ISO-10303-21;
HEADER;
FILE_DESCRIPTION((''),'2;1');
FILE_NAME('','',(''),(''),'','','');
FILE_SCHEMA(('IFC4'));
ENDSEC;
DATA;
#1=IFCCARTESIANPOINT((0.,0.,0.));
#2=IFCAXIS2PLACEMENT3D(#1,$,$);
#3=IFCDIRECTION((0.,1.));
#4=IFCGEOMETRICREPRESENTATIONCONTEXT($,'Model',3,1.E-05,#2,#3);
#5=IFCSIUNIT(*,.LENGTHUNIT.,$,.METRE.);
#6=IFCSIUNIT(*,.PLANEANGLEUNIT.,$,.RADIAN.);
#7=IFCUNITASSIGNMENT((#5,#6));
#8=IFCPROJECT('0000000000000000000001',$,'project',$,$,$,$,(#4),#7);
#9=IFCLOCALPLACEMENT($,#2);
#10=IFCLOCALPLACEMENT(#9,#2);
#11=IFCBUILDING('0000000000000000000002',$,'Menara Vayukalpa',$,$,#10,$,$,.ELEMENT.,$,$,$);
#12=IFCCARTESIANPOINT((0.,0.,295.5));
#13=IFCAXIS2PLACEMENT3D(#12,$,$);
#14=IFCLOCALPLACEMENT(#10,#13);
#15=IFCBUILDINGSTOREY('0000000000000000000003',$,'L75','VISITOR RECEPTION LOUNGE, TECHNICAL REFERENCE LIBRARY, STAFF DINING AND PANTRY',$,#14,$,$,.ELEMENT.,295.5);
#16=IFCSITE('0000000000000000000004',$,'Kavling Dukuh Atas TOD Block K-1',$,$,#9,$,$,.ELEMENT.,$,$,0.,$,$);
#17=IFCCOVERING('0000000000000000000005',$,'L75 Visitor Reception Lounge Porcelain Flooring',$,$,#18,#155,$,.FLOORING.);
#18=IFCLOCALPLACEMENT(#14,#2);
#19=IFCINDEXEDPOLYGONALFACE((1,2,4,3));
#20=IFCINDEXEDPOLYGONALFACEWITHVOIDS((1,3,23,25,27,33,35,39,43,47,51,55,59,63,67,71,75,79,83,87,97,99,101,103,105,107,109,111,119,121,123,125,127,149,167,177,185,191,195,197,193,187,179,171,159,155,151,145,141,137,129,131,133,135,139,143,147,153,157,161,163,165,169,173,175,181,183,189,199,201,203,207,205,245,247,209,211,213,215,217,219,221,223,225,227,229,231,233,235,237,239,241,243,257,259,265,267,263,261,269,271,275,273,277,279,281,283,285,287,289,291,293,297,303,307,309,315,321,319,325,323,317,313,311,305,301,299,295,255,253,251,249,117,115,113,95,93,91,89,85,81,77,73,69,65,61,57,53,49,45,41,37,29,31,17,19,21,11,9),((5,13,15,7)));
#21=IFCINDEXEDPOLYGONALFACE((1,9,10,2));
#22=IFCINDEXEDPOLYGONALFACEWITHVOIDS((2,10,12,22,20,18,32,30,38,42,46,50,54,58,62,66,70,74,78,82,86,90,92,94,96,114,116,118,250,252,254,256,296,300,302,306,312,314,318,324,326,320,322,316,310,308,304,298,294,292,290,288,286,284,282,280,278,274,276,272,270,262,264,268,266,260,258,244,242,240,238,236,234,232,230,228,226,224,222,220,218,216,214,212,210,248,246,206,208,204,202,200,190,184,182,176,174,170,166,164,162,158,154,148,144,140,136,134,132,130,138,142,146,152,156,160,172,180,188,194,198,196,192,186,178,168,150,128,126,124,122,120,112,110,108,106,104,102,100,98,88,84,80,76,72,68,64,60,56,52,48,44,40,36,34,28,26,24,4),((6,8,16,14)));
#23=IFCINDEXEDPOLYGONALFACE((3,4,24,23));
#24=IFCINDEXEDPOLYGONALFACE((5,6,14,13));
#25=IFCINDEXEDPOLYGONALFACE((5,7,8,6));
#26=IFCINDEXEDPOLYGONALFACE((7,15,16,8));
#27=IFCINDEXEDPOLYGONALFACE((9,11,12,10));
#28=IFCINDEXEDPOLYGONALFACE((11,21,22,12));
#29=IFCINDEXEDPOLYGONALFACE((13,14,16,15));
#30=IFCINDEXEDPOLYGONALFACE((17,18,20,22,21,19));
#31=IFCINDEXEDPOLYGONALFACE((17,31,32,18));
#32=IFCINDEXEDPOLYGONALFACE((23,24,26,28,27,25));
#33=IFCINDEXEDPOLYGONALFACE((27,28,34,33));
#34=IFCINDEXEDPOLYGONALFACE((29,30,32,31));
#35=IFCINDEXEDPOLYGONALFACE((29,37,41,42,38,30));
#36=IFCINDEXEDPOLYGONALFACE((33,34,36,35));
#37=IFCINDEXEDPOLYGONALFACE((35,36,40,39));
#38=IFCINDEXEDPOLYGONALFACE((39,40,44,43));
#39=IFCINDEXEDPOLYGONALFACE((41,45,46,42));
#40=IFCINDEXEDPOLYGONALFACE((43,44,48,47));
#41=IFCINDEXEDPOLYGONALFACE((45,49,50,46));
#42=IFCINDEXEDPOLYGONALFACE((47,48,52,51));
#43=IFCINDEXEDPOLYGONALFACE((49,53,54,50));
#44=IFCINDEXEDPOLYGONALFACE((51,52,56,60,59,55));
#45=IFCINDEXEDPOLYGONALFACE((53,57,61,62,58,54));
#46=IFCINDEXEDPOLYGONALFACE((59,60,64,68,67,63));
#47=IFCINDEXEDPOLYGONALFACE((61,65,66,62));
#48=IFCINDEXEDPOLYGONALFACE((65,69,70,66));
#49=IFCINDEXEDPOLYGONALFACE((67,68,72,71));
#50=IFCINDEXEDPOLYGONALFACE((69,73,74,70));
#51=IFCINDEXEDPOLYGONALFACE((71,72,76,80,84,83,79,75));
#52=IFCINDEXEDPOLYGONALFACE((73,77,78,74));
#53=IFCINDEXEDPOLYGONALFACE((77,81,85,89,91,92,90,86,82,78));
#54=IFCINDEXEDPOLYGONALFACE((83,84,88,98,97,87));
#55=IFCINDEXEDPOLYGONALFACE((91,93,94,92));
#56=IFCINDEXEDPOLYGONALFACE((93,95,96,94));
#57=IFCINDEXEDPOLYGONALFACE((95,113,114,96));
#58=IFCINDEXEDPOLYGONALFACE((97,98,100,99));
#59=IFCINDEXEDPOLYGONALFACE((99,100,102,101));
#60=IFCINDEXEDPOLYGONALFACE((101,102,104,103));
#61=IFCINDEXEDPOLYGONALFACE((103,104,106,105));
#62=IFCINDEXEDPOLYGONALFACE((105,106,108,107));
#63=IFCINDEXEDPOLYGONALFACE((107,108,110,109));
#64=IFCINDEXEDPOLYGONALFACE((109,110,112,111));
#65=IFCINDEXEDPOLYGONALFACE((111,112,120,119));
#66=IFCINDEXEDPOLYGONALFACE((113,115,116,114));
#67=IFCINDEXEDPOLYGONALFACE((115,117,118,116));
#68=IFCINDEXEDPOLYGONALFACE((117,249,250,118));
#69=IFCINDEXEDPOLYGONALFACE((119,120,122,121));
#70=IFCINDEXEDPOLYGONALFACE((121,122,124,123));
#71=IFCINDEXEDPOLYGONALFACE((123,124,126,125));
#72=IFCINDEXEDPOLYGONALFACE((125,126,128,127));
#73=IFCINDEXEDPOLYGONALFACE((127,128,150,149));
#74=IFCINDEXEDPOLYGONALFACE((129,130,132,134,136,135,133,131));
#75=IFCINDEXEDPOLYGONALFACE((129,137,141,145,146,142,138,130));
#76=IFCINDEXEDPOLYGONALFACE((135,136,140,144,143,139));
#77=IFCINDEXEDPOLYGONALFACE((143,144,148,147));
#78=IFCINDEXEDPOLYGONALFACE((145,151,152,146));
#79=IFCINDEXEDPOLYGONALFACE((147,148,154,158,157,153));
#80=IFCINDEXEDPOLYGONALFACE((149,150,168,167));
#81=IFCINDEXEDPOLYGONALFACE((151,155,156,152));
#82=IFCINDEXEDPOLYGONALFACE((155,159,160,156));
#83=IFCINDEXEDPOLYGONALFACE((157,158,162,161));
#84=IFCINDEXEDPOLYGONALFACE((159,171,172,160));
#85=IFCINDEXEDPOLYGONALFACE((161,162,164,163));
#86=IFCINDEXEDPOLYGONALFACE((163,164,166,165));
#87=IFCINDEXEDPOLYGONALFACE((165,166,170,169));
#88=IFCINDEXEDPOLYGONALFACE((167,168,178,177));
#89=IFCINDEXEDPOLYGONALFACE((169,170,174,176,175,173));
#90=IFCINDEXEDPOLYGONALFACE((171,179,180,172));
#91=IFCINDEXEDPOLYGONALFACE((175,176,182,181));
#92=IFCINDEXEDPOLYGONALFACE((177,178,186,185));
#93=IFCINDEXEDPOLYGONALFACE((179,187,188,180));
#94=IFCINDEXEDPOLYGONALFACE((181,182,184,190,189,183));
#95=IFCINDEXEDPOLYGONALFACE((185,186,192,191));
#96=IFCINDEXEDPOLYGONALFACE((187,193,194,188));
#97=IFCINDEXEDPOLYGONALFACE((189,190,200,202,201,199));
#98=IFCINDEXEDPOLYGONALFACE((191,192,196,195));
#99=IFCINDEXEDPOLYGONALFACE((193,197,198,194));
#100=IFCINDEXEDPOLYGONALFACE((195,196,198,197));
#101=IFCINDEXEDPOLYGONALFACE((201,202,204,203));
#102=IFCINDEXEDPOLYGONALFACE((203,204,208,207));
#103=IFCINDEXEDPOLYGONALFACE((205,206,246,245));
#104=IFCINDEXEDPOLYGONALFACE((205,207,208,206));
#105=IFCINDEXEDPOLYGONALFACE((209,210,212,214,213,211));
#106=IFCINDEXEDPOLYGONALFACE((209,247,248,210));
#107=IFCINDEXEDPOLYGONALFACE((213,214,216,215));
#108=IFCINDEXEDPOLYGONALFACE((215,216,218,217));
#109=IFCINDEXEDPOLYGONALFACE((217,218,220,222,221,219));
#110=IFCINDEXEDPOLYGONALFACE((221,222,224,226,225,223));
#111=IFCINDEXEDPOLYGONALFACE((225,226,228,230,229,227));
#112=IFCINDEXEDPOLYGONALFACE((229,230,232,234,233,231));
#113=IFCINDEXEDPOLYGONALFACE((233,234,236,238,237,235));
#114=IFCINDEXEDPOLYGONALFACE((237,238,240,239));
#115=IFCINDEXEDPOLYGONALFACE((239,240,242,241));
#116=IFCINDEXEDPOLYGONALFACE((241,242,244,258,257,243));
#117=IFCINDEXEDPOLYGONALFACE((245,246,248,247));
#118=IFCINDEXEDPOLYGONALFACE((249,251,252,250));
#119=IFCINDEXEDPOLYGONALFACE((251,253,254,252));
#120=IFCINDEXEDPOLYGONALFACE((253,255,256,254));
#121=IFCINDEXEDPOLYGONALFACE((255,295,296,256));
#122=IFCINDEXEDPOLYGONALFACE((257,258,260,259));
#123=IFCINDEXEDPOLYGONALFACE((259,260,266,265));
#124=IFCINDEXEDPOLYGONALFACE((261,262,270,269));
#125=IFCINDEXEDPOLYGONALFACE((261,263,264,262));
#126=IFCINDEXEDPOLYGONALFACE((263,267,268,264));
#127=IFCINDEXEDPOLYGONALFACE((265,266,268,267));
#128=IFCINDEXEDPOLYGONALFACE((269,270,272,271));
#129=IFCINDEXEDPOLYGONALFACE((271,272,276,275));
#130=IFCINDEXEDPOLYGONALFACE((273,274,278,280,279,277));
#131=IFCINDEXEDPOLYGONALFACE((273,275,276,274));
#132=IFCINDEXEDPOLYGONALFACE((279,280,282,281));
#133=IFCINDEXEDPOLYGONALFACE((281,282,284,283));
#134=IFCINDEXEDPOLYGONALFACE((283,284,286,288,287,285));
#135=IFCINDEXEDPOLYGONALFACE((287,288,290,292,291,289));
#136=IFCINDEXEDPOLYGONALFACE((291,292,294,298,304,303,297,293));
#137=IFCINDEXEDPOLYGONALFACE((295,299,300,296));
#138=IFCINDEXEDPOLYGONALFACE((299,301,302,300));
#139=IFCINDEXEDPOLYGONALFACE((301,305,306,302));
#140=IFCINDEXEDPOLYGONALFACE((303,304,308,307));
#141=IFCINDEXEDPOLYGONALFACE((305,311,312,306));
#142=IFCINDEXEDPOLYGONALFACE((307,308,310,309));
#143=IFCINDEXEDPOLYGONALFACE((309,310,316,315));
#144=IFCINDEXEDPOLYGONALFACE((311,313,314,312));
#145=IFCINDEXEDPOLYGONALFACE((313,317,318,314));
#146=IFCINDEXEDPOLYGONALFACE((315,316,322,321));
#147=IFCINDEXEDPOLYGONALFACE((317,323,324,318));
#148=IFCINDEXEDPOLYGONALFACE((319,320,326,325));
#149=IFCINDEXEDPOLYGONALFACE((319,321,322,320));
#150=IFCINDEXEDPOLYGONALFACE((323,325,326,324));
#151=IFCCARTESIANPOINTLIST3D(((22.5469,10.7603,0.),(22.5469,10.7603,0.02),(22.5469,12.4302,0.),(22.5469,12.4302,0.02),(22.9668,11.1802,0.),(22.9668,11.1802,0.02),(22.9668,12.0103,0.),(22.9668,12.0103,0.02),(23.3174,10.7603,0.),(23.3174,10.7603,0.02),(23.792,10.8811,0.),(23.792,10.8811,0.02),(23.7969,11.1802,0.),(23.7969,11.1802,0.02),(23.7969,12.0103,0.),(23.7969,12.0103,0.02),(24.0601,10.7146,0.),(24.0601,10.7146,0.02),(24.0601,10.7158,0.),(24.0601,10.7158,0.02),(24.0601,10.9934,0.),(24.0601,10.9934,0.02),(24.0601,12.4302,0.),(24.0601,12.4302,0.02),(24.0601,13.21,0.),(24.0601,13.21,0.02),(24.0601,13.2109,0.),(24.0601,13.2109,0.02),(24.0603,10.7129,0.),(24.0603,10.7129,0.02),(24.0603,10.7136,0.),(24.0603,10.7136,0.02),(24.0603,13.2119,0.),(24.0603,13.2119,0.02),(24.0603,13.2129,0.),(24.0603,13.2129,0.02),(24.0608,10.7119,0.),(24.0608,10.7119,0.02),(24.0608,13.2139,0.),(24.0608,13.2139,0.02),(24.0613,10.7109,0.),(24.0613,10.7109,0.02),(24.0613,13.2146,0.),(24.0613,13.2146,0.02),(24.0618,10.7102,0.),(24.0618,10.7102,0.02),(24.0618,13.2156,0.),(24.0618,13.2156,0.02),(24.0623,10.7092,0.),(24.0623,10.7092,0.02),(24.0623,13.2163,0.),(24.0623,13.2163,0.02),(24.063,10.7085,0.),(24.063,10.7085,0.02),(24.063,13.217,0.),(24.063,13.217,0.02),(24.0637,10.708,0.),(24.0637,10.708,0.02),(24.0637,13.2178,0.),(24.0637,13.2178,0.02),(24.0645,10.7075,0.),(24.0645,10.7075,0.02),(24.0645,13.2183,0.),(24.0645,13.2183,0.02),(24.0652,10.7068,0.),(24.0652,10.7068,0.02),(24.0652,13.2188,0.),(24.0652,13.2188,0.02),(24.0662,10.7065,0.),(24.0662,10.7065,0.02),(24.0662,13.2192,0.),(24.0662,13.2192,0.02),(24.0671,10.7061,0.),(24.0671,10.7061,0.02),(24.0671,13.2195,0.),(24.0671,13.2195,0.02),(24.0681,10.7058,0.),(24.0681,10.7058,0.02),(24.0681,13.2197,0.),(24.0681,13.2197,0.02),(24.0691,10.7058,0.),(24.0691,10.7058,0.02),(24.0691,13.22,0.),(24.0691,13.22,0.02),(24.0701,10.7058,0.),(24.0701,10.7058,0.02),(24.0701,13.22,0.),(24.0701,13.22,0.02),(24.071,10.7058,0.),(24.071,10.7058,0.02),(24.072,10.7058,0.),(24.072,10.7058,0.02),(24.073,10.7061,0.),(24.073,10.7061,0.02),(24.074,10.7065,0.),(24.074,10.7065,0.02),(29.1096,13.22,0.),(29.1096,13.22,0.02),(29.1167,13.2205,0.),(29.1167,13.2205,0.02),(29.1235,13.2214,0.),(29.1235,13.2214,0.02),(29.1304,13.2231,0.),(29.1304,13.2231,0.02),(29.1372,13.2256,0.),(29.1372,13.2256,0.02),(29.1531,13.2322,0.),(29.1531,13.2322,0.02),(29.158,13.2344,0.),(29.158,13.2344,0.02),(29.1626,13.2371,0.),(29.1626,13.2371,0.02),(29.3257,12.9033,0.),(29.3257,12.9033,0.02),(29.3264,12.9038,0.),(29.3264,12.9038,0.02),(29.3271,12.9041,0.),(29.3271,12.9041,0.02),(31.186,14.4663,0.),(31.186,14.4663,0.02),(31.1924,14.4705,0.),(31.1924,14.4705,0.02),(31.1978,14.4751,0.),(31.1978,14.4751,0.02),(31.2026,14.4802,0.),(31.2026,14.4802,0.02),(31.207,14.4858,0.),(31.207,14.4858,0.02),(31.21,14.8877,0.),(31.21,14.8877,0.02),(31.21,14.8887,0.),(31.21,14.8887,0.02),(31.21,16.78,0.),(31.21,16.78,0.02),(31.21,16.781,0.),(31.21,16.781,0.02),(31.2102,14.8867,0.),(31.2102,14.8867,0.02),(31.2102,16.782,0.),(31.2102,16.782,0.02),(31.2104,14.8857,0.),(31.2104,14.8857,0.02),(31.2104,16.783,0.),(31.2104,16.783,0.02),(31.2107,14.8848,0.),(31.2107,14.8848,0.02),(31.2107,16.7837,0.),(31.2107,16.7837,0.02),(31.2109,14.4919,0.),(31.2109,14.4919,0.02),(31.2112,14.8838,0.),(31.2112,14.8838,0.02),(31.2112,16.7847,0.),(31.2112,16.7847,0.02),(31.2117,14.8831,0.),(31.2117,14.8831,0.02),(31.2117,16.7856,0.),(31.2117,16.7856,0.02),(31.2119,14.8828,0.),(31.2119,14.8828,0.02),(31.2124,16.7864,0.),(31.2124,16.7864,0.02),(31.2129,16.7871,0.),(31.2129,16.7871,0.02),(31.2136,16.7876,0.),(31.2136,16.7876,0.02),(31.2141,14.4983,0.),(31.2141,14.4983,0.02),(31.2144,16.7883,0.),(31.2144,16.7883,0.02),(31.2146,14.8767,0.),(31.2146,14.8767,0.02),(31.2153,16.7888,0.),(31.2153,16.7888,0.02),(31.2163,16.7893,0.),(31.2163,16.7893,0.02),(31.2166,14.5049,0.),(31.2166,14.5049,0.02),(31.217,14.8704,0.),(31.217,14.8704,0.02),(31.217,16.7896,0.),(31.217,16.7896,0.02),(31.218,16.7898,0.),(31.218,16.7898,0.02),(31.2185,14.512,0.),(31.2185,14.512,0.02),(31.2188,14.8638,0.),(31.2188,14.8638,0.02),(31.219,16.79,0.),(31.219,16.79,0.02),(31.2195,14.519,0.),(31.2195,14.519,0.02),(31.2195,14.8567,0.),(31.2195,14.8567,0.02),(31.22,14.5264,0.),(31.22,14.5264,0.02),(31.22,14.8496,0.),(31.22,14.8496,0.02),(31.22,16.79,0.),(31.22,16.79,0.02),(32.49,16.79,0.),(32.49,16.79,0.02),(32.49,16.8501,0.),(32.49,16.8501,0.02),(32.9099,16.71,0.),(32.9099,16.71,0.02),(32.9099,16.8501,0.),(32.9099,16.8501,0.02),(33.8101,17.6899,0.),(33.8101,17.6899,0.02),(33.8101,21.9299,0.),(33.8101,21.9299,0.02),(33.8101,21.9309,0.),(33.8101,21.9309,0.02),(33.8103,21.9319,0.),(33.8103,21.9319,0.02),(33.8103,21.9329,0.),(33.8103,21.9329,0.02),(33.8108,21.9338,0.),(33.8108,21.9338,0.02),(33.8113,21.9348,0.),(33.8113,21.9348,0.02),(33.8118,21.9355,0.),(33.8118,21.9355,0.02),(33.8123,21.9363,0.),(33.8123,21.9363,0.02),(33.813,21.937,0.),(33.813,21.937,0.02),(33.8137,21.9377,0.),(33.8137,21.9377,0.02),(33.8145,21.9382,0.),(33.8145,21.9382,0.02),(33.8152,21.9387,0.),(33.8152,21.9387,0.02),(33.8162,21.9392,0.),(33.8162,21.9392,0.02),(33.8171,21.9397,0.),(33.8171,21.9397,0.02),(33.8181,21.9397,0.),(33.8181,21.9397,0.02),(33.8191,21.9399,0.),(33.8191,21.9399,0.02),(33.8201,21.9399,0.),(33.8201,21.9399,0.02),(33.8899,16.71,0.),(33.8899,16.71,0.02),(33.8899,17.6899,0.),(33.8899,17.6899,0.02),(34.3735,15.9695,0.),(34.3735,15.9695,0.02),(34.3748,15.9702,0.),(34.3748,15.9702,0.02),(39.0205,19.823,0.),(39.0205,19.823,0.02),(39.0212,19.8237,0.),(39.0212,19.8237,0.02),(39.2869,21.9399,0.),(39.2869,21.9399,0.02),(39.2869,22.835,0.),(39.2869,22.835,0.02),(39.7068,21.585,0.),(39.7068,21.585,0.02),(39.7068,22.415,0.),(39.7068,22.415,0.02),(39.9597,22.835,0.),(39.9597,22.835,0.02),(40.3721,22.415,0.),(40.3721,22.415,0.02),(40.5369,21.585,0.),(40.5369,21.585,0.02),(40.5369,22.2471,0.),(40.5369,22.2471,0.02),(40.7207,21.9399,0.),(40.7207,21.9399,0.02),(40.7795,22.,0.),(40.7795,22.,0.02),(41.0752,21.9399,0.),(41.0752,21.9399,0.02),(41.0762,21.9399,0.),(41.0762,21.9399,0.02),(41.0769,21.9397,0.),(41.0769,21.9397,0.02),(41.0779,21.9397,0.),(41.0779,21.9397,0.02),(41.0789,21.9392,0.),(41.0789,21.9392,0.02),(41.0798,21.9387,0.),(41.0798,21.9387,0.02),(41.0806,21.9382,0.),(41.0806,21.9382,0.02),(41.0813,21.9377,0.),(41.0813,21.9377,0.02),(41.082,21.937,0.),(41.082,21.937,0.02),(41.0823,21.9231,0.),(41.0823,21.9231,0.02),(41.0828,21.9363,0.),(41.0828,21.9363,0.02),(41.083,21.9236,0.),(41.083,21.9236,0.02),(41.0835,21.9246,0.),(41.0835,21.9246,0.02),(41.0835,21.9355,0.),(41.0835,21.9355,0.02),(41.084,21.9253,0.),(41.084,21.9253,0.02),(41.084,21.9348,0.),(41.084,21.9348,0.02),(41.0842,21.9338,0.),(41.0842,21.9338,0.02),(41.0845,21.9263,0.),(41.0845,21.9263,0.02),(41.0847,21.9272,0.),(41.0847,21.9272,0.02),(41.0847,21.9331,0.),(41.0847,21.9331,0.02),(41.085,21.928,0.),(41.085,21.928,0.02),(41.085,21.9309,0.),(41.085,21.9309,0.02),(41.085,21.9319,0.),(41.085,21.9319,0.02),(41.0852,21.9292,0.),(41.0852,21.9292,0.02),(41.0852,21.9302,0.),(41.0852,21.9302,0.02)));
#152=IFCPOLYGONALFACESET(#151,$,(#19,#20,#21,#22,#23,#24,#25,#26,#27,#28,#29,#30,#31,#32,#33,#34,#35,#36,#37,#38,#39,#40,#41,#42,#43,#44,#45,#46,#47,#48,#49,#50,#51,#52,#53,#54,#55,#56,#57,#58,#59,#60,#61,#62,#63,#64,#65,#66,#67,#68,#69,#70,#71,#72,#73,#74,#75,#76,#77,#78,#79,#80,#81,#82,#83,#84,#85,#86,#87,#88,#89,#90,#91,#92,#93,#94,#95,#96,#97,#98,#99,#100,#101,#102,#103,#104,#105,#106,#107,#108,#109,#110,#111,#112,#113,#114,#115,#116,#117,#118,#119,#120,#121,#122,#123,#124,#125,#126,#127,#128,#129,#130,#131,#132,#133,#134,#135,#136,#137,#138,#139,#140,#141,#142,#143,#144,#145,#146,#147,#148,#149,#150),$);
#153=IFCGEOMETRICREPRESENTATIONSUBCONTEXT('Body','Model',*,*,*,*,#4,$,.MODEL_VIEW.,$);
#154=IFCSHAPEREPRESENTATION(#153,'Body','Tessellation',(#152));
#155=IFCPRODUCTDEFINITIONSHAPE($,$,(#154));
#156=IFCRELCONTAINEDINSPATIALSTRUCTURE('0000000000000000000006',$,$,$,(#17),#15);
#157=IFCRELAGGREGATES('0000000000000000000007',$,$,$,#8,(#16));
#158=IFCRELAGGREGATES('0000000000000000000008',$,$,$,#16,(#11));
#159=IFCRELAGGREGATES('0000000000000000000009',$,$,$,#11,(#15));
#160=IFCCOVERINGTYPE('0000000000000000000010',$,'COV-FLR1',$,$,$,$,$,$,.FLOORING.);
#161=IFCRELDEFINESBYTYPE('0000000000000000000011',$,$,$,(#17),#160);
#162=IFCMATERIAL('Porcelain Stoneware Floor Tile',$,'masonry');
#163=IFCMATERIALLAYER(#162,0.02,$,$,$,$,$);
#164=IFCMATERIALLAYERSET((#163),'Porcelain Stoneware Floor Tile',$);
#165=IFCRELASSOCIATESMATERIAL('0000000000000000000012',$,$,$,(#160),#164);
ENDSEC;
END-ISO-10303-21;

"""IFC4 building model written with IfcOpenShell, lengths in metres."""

from ifc_helpers import new_model, si_unit, direction, frame, origin, place, context, subcontext, project, spatial, polyline, outline, extrude, material, layer, layer_set, type_object, element, save


model = new_model("IFC4")

# Units and contexts
model_context = context("Model", 3, precision=1e-05, world=origin(), true_north=direction((0.0, 1.0)))
body_context = subcontext(model_context, "Body", "Model", "MODEL_VIEW")
ifc_project = project(units=[si_unit("LENGTHUNIT", "METRE"), si_unit("PLANEANGLEUNIT", "RADIAN")], contexts=[model_context])

# Site, building, storey
site_placement = place(None, origin())
site = spatial("IfcSite", under=ifc_project, at=site_placement, Name="Kavling Dukuh Atas TOD Block K-1", CompositionType="ELEMENT", RefElevation=0.0)
building_placement = place(site_placement, origin())
building = spatial("IfcBuilding", under=site, at=building_placement, Name="Menara Vayukalpa", CompositionType="ELEMENT")
storey_placement = place(building_placement, frame((0.0, 0.0, 295.5)))
storey = spatial("IfcBuildingStorey", under=building, at=storey_placement, Name="L75", Description="VISITOR RECEPTION LOUNGE, TECHNICAL REFERENCE LIBRARY, STAFF DINING AND PANTRY", CompositionType="ELEMENT", Elevation=295.5)

# Covering
ifc_material_1 = material(Name="Porcelain Stoneware Floor Tile", Category="masonry")
ifc_layer_1 = layer(ifc_material_1, 0.02)
ifc_layer_set_1 = layer_set([ifc_layer_1], Name="Porcelain Stoneware Floor Tile")
covering_type_1 = type_object("IfcCoveringType", Name="COV-FLR1", PredefinedType="FLOORING", material=ifc_layer_set_1)
covering_1_placement = place(storey_placement, origin())
element("IfcCovering", 1, at=covering_1_placement, inside=storey, type_object=covering_type_1, Name="L75 Visitor Reception Lounge Porcelain Flooring", PredefinedType="FLOORING", context=body_context, shape_type="SweptSolid", body=[
    extrude(outline(polyline([(24.0601, 13.21), (24.0601, 13.2109), (24.0603, 13.2119), (24.0603, 13.2129), (24.0608, 13.2139), (24.0613, 13.2146), (24.0618, 13.2156), (24.0623, 13.2163), (24.063, 13.217), (24.0637, 13.2178), (24.0645, 13.2183), (24.0652, 13.2188), (24.0662, 13.2192), (24.0671, 13.2195), (24.0681, 13.2197), (24.0691, 13.22), (24.0701, 13.22), (29.1096, 13.22), (29.1167, 13.2205), (29.1235, 13.2214), (29.1304, 13.2231), (29.1372, 13.2256), (29.1531, 13.2322), (29.158, 13.2344), (29.1626, 13.2371), (31.186, 14.4663), (31.1924, 14.4705), (31.1978, 14.4751), (31.2026, 14.4802), (31.207, 14.4858), (31.2109, 14.4919), (31.2141, 14.4983), (31.2166, 14.5049), (31.2185, 14.512), (31.2195, 14.519), (31.22, 14.5264), (31.22, 14.8496), (31.2195, 14.8567), (31.2188, 14.8638), (31.217, 14.8704), (31.2146, 14.8767), (31.2119, 14.8828), (31.2117, 14.8831), (31.2112, 14.8838), (31.2107, 14.8848), (31.2104, 14.8857), (31.2102, 14.8867), (31.21, 14.8877), (31.21, 14.8887), (31.21, 16.78), (31.21, 16.781), (31.2102, 16.782), (31.2104, 16.783), (31.2107, 16.7837), (31.2112, 16.7847), (31.2117, 16.7856), (31.2124, 16.7864), (31.2129, 16.7871), (31.2136, 16.7876), (31.2144, 16.7883), (31.2153, 16.7888), (31.2163, 16.7893), (31.217, 16.7896), (31.218, 16.7898), (31.219, 16.79), (31.22, 16.79), (32.49, 16.79), (32.49, 16.8501), (32.9099, 16.8501), (32.9099, 16.71), (33.8899, 16.71), (33.8899, 17.6899), (33.8101, 17.6899), (33.8101, 21.9299), (33.8101, 21.9309), (33.8103, 21.9319), (33.8103, 21.9329), (33.8108, 21.9338), (33.8113, 21.9348), (33.8118, 21.9355), (33.8123, 21.9363), (33.813, 21.937), (33.8137, 21.9377), (33.8145, 21.9382), (33.8152, 21.9387), (33.8162, 21.9392), (33.8171, 21.9397), (33.8181, 21.9397), (33.8191, 21.9399), (33.8201, 21.9399), (39.2869, 21.9399), (39.2869, 22.835), (39.9597, 22.835), (40.3721, 22.415), (39.7068, 22.415), (39.7068, 21.585), (40.5369, 21.585), (40.5369, 22.2471), (40.7795, 22.0), (40.7207, 21.9399), (41.0752, 21.9399), (41.0762, 21.9399), (41.0769, 21.9397), (41.0779, 21.9397), (41.0789, 21.9392), (41.0798, 21.9387), (41.0806, 21.9382), (41.0813, 21.9377), (41.082, 21.937), (41.0828, 21.9363), (41.0835, 21.9355), (41.084, 21.9348), (41.0842, 21.9338), (41.0847, 21.9331), (41.085, 21.9319), (41.085, 21.9309), (41.0852, 21.9302), (41.0852, 21.9292), (41.085, 21.928), (41.0847, 21.9272), (41.0845, 21.9263), (41.084, 21.9253), (41.0835, 21.9246), (41.083, 21.9236), (41.0823, 21.9231), (39.0212, 19.8237), (39.0205, 19.823), (34.3748, 15.9702), (34.3735, 15.9695), (29.3271, 12.9041), (29.3264, 12.9038), (29.3257, 12.9033), (24.074, 10.7065), (24.073, 10.7061), (24.072, 10.7058), (24.071, 10.7058), (24.0701, 10.7058), (24.0691, 10.7058), (24.0681, 10.7058), (24.0671, 10.7061), (24.0662, 10.7065), (24.0652, 10.7068), (24.0645, 10.7075), (24.0637, 10.708), (24.063, 10.7085), (24.0623, 10.7092), (24.0618, 10.7102), (24.0613, 10.7109), (24.0608, 10.7119), (24.0603, 10.7129), (24.0603, 10.7136), (24.0601, 10.7146), (24.0601, 10.7158), (24.0601, 10.9934), (23.792, 10.8811), (23.3174, 10.7603), (22.5469, 10.7603), (22.5469, 12.4302), (24.0601, 12.4302), (24.0601, 13.21)]), holes=[polyline([(23.7969, 12.0103), (22.9668, 12.0103), (22.9668, 11.1802), (23.7969, 11.1802), (23.7969, 12.0103)])]), origin(), (0.0, 0.0, 1.0), 0.02),
])

save(model, "model.ifc")
